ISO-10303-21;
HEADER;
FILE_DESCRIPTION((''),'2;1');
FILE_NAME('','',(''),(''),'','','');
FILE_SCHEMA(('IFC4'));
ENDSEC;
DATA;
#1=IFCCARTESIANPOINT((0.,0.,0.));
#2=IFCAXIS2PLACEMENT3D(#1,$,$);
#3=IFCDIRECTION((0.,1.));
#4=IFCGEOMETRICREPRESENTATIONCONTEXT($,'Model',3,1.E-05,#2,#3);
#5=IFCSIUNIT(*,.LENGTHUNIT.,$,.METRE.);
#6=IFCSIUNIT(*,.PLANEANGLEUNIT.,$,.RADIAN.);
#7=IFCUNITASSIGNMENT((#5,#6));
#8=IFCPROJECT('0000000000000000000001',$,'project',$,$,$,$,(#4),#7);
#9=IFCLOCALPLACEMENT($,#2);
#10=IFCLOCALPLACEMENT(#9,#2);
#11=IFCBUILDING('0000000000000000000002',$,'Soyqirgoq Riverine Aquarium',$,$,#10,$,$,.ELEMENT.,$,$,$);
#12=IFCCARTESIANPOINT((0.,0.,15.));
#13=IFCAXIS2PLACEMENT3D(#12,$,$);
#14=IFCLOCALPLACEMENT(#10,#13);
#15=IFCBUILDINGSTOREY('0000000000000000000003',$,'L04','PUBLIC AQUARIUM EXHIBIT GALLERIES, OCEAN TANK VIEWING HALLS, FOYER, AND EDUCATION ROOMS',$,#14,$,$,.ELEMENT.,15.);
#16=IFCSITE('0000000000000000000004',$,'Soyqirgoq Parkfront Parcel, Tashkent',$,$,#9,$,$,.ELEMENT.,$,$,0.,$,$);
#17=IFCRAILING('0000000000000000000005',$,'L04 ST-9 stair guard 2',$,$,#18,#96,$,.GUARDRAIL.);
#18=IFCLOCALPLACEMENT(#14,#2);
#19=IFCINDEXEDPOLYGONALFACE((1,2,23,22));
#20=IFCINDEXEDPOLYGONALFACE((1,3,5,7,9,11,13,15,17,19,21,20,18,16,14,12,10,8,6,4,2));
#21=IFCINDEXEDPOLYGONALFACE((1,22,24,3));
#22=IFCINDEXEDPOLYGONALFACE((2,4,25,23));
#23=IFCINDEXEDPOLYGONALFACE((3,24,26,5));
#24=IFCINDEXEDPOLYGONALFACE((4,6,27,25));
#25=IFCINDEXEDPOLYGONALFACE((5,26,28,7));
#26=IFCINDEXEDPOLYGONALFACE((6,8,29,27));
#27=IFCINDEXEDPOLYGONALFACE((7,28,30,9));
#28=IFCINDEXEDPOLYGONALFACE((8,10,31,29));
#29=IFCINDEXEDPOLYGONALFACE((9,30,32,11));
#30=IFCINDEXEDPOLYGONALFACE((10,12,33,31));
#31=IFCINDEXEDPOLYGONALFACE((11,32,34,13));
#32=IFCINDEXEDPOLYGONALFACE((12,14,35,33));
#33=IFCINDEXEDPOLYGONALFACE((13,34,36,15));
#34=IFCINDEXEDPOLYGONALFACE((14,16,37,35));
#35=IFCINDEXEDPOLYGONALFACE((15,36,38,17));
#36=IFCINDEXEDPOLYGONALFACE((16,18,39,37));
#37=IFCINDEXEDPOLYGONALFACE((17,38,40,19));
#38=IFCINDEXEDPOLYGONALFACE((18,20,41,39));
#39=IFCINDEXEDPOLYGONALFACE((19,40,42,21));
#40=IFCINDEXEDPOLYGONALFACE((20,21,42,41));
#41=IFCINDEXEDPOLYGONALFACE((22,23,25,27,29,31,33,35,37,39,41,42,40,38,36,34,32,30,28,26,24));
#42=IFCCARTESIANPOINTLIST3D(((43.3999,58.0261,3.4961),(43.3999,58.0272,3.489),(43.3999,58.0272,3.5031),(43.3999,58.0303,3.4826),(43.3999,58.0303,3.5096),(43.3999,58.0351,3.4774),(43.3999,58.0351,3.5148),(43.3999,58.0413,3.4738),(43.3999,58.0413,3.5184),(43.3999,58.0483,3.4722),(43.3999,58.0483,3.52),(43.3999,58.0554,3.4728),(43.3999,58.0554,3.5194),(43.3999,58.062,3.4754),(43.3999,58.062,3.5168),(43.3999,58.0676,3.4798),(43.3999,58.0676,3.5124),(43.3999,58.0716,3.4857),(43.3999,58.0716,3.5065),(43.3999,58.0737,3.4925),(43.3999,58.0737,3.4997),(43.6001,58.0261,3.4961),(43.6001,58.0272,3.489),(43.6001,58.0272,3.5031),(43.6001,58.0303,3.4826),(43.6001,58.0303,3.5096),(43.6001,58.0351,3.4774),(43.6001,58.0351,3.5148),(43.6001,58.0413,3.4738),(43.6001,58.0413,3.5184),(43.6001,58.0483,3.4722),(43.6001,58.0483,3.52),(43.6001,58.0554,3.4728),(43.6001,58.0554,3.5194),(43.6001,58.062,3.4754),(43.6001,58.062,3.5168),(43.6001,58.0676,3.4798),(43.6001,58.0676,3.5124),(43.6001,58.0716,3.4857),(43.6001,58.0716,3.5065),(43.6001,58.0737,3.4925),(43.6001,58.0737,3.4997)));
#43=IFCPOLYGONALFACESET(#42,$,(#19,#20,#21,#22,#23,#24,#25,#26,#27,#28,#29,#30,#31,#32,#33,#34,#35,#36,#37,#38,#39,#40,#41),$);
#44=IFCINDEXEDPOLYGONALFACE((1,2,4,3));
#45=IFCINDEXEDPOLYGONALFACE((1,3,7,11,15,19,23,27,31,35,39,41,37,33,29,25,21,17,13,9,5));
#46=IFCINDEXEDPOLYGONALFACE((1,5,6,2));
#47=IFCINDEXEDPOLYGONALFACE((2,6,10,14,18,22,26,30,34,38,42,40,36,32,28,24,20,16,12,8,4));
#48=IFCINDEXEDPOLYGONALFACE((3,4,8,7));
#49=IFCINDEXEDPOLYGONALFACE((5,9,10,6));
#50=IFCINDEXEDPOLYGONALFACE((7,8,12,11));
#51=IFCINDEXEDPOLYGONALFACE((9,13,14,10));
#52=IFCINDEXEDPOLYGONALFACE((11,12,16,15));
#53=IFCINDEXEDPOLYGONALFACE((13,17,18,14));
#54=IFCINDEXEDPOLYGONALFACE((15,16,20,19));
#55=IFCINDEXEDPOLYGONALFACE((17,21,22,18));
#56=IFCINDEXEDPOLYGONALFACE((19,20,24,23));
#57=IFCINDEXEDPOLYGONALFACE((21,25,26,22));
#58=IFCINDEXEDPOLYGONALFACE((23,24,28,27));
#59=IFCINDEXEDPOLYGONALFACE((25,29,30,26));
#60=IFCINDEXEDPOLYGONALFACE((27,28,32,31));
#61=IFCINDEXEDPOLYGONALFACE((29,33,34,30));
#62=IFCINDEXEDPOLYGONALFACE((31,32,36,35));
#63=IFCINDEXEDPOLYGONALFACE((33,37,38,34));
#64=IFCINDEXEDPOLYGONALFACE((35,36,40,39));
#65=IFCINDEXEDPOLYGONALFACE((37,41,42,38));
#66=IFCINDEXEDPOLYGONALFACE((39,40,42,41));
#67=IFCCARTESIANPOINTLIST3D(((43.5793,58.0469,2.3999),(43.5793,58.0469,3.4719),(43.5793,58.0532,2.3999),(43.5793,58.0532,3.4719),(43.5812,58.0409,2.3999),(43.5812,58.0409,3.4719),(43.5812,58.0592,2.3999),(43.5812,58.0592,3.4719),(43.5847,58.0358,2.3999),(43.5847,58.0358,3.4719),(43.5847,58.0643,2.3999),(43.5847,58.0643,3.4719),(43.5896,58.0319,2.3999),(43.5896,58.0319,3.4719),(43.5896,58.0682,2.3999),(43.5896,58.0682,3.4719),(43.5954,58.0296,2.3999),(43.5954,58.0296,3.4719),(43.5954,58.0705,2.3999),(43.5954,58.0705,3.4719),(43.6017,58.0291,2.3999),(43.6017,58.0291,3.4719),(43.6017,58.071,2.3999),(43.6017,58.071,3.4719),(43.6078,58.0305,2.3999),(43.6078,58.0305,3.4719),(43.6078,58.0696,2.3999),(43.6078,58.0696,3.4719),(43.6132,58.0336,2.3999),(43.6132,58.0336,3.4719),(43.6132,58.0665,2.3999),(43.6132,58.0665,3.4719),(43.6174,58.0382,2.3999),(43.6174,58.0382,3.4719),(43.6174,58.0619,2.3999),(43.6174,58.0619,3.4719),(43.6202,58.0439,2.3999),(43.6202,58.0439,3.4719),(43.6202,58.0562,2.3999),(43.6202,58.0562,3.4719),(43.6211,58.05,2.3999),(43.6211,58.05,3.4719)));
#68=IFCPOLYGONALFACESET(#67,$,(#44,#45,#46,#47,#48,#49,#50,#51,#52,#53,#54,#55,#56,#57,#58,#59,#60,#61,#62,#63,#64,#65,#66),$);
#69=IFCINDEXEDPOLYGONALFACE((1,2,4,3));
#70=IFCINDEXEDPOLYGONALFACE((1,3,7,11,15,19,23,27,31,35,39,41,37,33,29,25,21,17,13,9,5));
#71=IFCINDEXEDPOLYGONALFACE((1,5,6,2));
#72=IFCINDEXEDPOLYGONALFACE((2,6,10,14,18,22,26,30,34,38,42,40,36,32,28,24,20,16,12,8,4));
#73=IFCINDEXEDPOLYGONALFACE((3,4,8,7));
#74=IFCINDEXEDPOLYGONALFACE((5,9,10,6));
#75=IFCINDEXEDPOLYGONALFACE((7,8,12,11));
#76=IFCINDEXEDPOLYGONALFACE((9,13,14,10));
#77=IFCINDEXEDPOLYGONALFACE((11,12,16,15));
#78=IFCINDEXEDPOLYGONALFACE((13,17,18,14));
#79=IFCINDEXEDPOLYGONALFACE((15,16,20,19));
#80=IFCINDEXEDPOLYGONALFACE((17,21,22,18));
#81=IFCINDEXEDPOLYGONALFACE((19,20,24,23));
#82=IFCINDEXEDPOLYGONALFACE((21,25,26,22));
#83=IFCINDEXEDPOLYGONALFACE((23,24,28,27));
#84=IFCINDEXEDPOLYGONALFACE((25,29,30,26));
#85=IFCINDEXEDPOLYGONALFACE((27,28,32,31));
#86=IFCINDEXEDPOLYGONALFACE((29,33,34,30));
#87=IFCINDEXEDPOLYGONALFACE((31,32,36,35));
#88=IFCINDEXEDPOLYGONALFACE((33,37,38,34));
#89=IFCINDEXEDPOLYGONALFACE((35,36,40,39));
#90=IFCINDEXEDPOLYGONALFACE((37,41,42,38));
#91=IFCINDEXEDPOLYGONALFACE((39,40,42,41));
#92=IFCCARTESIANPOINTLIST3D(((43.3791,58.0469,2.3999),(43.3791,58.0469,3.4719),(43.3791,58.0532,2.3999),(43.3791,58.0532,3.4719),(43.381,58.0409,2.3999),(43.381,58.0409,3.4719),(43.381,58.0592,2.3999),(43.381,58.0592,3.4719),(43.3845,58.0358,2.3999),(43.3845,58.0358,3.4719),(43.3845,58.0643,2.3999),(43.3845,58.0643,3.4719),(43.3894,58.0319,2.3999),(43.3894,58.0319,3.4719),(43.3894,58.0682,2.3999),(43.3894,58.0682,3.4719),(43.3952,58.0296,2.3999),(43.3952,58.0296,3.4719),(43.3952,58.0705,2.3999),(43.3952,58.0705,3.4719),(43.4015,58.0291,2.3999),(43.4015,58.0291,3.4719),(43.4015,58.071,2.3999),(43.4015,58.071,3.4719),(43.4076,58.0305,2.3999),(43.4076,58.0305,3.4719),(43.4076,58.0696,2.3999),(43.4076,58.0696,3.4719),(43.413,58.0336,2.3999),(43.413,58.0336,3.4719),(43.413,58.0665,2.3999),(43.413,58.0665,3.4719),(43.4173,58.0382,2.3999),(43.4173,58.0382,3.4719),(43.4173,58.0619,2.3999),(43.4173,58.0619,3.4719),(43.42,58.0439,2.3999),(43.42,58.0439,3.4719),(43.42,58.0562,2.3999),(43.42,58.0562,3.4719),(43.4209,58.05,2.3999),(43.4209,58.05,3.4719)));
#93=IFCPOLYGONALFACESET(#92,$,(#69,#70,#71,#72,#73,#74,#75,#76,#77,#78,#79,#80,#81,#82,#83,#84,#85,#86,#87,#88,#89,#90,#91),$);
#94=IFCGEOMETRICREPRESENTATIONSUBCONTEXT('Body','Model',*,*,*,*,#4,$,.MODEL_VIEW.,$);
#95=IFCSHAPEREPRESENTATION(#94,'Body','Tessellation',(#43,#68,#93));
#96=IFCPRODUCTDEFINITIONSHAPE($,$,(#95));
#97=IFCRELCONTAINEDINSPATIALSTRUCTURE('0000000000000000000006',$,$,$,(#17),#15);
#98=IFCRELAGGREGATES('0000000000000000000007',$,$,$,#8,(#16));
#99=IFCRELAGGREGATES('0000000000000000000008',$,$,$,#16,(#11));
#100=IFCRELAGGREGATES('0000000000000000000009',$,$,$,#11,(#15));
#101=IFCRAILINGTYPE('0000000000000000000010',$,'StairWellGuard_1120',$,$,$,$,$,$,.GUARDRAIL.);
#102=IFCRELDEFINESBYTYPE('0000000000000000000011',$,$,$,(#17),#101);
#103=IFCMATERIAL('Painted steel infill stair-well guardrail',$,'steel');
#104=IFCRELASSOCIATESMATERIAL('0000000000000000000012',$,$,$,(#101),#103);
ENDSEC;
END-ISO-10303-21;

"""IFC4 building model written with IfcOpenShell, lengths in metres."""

from ifc_helpers import new_model, si_unit, direction, frame, origin, origin_2d, place, context, subcontext, project, spatial, circle, extrude, material, type_object, element, save


model = new_model("IFC4")

# Units and contexts
model_context = context("Model", 3, precision=1e-05, world=origin(), true_north=direction((0.0, 1.0)))
body_context = subcontext(model_context, "Body", "Model", "MODEL_VIEW")
ifc_project = project(units=[si_unit("LENGTHUNIT", "METRE"), si_unit("PLANEANGLEUNIT", "RADIAN")], contexts=[model_context])

# Site, building, storey
site_placement = place(None, origin())
site = spatial("IfcSite", under=ifc_project, at=site_placement, Name="Soyqirgoq Parkfront Parcel, Tashkent", CompositionType="ELEMENT", RefElevation=0.0)
building_placement = place(site_placement, origin())
building = spatial("IfcBuilding", under=site, at=building_placement, Name="Soyqirgoq Riverine Aquarium", CompositionType="ELEMENT")
storey_placement = place(building_placement, frame((0.0, 0.0, 15.0)))
storey = spatial("IfcBuildingStorey", under=building, at=storey_placement, Name="L04", Description="PUBLIC AQUARIUM EXHIBIT GALLERIES, OCEAN TANK VIEWING HALLS, FOYER, AND EDUCATION ROOMS", CompositionType="ELEMENT", Elevation=15.0)

# Railing
ifc_material_1 = material(Name="Painted steel infill stair-well guardrail", Category="steel")
railing_type_1 = type_object("IfcRailingType", Name="StairWellGuard_1120", PredefinedType="GUARDRAIL", material=ifc_material_1)
railing_1_placement = place(storey_placement, frame((43.6001, 58.05, 2.3999)))
element("IfcRailing", 1, at=railing_1_placement, inside=storey, type_object=railing_type_1, Name="L04 ST-9 stair guard 2", PredefinedType="GUARDRAIL", context=body_context, shape_type="SweptSolid", body=[
    extrude(circle(Radius=0.0239, at=origin_2d()), frame((0.0, 0.0, 1.0962), z_axis=(-1.0, 0.0, 0.0), x_axis=(0.0, -1.0, 0.0)), (0.0, 0.0, 1.0), 0.2002),
    extrude(circle(Radius=0.021, at=origin_2d()), origin(), (0.0, 0.0, 1.0), 1.072),
    extrude(circle(Radius=0.021, at=origin_2d()), frame((-0.2002, 0.0, 0.0)), (0.0, 0.0, 1.0), 1.072),
])

save(model, "model.ifc")
